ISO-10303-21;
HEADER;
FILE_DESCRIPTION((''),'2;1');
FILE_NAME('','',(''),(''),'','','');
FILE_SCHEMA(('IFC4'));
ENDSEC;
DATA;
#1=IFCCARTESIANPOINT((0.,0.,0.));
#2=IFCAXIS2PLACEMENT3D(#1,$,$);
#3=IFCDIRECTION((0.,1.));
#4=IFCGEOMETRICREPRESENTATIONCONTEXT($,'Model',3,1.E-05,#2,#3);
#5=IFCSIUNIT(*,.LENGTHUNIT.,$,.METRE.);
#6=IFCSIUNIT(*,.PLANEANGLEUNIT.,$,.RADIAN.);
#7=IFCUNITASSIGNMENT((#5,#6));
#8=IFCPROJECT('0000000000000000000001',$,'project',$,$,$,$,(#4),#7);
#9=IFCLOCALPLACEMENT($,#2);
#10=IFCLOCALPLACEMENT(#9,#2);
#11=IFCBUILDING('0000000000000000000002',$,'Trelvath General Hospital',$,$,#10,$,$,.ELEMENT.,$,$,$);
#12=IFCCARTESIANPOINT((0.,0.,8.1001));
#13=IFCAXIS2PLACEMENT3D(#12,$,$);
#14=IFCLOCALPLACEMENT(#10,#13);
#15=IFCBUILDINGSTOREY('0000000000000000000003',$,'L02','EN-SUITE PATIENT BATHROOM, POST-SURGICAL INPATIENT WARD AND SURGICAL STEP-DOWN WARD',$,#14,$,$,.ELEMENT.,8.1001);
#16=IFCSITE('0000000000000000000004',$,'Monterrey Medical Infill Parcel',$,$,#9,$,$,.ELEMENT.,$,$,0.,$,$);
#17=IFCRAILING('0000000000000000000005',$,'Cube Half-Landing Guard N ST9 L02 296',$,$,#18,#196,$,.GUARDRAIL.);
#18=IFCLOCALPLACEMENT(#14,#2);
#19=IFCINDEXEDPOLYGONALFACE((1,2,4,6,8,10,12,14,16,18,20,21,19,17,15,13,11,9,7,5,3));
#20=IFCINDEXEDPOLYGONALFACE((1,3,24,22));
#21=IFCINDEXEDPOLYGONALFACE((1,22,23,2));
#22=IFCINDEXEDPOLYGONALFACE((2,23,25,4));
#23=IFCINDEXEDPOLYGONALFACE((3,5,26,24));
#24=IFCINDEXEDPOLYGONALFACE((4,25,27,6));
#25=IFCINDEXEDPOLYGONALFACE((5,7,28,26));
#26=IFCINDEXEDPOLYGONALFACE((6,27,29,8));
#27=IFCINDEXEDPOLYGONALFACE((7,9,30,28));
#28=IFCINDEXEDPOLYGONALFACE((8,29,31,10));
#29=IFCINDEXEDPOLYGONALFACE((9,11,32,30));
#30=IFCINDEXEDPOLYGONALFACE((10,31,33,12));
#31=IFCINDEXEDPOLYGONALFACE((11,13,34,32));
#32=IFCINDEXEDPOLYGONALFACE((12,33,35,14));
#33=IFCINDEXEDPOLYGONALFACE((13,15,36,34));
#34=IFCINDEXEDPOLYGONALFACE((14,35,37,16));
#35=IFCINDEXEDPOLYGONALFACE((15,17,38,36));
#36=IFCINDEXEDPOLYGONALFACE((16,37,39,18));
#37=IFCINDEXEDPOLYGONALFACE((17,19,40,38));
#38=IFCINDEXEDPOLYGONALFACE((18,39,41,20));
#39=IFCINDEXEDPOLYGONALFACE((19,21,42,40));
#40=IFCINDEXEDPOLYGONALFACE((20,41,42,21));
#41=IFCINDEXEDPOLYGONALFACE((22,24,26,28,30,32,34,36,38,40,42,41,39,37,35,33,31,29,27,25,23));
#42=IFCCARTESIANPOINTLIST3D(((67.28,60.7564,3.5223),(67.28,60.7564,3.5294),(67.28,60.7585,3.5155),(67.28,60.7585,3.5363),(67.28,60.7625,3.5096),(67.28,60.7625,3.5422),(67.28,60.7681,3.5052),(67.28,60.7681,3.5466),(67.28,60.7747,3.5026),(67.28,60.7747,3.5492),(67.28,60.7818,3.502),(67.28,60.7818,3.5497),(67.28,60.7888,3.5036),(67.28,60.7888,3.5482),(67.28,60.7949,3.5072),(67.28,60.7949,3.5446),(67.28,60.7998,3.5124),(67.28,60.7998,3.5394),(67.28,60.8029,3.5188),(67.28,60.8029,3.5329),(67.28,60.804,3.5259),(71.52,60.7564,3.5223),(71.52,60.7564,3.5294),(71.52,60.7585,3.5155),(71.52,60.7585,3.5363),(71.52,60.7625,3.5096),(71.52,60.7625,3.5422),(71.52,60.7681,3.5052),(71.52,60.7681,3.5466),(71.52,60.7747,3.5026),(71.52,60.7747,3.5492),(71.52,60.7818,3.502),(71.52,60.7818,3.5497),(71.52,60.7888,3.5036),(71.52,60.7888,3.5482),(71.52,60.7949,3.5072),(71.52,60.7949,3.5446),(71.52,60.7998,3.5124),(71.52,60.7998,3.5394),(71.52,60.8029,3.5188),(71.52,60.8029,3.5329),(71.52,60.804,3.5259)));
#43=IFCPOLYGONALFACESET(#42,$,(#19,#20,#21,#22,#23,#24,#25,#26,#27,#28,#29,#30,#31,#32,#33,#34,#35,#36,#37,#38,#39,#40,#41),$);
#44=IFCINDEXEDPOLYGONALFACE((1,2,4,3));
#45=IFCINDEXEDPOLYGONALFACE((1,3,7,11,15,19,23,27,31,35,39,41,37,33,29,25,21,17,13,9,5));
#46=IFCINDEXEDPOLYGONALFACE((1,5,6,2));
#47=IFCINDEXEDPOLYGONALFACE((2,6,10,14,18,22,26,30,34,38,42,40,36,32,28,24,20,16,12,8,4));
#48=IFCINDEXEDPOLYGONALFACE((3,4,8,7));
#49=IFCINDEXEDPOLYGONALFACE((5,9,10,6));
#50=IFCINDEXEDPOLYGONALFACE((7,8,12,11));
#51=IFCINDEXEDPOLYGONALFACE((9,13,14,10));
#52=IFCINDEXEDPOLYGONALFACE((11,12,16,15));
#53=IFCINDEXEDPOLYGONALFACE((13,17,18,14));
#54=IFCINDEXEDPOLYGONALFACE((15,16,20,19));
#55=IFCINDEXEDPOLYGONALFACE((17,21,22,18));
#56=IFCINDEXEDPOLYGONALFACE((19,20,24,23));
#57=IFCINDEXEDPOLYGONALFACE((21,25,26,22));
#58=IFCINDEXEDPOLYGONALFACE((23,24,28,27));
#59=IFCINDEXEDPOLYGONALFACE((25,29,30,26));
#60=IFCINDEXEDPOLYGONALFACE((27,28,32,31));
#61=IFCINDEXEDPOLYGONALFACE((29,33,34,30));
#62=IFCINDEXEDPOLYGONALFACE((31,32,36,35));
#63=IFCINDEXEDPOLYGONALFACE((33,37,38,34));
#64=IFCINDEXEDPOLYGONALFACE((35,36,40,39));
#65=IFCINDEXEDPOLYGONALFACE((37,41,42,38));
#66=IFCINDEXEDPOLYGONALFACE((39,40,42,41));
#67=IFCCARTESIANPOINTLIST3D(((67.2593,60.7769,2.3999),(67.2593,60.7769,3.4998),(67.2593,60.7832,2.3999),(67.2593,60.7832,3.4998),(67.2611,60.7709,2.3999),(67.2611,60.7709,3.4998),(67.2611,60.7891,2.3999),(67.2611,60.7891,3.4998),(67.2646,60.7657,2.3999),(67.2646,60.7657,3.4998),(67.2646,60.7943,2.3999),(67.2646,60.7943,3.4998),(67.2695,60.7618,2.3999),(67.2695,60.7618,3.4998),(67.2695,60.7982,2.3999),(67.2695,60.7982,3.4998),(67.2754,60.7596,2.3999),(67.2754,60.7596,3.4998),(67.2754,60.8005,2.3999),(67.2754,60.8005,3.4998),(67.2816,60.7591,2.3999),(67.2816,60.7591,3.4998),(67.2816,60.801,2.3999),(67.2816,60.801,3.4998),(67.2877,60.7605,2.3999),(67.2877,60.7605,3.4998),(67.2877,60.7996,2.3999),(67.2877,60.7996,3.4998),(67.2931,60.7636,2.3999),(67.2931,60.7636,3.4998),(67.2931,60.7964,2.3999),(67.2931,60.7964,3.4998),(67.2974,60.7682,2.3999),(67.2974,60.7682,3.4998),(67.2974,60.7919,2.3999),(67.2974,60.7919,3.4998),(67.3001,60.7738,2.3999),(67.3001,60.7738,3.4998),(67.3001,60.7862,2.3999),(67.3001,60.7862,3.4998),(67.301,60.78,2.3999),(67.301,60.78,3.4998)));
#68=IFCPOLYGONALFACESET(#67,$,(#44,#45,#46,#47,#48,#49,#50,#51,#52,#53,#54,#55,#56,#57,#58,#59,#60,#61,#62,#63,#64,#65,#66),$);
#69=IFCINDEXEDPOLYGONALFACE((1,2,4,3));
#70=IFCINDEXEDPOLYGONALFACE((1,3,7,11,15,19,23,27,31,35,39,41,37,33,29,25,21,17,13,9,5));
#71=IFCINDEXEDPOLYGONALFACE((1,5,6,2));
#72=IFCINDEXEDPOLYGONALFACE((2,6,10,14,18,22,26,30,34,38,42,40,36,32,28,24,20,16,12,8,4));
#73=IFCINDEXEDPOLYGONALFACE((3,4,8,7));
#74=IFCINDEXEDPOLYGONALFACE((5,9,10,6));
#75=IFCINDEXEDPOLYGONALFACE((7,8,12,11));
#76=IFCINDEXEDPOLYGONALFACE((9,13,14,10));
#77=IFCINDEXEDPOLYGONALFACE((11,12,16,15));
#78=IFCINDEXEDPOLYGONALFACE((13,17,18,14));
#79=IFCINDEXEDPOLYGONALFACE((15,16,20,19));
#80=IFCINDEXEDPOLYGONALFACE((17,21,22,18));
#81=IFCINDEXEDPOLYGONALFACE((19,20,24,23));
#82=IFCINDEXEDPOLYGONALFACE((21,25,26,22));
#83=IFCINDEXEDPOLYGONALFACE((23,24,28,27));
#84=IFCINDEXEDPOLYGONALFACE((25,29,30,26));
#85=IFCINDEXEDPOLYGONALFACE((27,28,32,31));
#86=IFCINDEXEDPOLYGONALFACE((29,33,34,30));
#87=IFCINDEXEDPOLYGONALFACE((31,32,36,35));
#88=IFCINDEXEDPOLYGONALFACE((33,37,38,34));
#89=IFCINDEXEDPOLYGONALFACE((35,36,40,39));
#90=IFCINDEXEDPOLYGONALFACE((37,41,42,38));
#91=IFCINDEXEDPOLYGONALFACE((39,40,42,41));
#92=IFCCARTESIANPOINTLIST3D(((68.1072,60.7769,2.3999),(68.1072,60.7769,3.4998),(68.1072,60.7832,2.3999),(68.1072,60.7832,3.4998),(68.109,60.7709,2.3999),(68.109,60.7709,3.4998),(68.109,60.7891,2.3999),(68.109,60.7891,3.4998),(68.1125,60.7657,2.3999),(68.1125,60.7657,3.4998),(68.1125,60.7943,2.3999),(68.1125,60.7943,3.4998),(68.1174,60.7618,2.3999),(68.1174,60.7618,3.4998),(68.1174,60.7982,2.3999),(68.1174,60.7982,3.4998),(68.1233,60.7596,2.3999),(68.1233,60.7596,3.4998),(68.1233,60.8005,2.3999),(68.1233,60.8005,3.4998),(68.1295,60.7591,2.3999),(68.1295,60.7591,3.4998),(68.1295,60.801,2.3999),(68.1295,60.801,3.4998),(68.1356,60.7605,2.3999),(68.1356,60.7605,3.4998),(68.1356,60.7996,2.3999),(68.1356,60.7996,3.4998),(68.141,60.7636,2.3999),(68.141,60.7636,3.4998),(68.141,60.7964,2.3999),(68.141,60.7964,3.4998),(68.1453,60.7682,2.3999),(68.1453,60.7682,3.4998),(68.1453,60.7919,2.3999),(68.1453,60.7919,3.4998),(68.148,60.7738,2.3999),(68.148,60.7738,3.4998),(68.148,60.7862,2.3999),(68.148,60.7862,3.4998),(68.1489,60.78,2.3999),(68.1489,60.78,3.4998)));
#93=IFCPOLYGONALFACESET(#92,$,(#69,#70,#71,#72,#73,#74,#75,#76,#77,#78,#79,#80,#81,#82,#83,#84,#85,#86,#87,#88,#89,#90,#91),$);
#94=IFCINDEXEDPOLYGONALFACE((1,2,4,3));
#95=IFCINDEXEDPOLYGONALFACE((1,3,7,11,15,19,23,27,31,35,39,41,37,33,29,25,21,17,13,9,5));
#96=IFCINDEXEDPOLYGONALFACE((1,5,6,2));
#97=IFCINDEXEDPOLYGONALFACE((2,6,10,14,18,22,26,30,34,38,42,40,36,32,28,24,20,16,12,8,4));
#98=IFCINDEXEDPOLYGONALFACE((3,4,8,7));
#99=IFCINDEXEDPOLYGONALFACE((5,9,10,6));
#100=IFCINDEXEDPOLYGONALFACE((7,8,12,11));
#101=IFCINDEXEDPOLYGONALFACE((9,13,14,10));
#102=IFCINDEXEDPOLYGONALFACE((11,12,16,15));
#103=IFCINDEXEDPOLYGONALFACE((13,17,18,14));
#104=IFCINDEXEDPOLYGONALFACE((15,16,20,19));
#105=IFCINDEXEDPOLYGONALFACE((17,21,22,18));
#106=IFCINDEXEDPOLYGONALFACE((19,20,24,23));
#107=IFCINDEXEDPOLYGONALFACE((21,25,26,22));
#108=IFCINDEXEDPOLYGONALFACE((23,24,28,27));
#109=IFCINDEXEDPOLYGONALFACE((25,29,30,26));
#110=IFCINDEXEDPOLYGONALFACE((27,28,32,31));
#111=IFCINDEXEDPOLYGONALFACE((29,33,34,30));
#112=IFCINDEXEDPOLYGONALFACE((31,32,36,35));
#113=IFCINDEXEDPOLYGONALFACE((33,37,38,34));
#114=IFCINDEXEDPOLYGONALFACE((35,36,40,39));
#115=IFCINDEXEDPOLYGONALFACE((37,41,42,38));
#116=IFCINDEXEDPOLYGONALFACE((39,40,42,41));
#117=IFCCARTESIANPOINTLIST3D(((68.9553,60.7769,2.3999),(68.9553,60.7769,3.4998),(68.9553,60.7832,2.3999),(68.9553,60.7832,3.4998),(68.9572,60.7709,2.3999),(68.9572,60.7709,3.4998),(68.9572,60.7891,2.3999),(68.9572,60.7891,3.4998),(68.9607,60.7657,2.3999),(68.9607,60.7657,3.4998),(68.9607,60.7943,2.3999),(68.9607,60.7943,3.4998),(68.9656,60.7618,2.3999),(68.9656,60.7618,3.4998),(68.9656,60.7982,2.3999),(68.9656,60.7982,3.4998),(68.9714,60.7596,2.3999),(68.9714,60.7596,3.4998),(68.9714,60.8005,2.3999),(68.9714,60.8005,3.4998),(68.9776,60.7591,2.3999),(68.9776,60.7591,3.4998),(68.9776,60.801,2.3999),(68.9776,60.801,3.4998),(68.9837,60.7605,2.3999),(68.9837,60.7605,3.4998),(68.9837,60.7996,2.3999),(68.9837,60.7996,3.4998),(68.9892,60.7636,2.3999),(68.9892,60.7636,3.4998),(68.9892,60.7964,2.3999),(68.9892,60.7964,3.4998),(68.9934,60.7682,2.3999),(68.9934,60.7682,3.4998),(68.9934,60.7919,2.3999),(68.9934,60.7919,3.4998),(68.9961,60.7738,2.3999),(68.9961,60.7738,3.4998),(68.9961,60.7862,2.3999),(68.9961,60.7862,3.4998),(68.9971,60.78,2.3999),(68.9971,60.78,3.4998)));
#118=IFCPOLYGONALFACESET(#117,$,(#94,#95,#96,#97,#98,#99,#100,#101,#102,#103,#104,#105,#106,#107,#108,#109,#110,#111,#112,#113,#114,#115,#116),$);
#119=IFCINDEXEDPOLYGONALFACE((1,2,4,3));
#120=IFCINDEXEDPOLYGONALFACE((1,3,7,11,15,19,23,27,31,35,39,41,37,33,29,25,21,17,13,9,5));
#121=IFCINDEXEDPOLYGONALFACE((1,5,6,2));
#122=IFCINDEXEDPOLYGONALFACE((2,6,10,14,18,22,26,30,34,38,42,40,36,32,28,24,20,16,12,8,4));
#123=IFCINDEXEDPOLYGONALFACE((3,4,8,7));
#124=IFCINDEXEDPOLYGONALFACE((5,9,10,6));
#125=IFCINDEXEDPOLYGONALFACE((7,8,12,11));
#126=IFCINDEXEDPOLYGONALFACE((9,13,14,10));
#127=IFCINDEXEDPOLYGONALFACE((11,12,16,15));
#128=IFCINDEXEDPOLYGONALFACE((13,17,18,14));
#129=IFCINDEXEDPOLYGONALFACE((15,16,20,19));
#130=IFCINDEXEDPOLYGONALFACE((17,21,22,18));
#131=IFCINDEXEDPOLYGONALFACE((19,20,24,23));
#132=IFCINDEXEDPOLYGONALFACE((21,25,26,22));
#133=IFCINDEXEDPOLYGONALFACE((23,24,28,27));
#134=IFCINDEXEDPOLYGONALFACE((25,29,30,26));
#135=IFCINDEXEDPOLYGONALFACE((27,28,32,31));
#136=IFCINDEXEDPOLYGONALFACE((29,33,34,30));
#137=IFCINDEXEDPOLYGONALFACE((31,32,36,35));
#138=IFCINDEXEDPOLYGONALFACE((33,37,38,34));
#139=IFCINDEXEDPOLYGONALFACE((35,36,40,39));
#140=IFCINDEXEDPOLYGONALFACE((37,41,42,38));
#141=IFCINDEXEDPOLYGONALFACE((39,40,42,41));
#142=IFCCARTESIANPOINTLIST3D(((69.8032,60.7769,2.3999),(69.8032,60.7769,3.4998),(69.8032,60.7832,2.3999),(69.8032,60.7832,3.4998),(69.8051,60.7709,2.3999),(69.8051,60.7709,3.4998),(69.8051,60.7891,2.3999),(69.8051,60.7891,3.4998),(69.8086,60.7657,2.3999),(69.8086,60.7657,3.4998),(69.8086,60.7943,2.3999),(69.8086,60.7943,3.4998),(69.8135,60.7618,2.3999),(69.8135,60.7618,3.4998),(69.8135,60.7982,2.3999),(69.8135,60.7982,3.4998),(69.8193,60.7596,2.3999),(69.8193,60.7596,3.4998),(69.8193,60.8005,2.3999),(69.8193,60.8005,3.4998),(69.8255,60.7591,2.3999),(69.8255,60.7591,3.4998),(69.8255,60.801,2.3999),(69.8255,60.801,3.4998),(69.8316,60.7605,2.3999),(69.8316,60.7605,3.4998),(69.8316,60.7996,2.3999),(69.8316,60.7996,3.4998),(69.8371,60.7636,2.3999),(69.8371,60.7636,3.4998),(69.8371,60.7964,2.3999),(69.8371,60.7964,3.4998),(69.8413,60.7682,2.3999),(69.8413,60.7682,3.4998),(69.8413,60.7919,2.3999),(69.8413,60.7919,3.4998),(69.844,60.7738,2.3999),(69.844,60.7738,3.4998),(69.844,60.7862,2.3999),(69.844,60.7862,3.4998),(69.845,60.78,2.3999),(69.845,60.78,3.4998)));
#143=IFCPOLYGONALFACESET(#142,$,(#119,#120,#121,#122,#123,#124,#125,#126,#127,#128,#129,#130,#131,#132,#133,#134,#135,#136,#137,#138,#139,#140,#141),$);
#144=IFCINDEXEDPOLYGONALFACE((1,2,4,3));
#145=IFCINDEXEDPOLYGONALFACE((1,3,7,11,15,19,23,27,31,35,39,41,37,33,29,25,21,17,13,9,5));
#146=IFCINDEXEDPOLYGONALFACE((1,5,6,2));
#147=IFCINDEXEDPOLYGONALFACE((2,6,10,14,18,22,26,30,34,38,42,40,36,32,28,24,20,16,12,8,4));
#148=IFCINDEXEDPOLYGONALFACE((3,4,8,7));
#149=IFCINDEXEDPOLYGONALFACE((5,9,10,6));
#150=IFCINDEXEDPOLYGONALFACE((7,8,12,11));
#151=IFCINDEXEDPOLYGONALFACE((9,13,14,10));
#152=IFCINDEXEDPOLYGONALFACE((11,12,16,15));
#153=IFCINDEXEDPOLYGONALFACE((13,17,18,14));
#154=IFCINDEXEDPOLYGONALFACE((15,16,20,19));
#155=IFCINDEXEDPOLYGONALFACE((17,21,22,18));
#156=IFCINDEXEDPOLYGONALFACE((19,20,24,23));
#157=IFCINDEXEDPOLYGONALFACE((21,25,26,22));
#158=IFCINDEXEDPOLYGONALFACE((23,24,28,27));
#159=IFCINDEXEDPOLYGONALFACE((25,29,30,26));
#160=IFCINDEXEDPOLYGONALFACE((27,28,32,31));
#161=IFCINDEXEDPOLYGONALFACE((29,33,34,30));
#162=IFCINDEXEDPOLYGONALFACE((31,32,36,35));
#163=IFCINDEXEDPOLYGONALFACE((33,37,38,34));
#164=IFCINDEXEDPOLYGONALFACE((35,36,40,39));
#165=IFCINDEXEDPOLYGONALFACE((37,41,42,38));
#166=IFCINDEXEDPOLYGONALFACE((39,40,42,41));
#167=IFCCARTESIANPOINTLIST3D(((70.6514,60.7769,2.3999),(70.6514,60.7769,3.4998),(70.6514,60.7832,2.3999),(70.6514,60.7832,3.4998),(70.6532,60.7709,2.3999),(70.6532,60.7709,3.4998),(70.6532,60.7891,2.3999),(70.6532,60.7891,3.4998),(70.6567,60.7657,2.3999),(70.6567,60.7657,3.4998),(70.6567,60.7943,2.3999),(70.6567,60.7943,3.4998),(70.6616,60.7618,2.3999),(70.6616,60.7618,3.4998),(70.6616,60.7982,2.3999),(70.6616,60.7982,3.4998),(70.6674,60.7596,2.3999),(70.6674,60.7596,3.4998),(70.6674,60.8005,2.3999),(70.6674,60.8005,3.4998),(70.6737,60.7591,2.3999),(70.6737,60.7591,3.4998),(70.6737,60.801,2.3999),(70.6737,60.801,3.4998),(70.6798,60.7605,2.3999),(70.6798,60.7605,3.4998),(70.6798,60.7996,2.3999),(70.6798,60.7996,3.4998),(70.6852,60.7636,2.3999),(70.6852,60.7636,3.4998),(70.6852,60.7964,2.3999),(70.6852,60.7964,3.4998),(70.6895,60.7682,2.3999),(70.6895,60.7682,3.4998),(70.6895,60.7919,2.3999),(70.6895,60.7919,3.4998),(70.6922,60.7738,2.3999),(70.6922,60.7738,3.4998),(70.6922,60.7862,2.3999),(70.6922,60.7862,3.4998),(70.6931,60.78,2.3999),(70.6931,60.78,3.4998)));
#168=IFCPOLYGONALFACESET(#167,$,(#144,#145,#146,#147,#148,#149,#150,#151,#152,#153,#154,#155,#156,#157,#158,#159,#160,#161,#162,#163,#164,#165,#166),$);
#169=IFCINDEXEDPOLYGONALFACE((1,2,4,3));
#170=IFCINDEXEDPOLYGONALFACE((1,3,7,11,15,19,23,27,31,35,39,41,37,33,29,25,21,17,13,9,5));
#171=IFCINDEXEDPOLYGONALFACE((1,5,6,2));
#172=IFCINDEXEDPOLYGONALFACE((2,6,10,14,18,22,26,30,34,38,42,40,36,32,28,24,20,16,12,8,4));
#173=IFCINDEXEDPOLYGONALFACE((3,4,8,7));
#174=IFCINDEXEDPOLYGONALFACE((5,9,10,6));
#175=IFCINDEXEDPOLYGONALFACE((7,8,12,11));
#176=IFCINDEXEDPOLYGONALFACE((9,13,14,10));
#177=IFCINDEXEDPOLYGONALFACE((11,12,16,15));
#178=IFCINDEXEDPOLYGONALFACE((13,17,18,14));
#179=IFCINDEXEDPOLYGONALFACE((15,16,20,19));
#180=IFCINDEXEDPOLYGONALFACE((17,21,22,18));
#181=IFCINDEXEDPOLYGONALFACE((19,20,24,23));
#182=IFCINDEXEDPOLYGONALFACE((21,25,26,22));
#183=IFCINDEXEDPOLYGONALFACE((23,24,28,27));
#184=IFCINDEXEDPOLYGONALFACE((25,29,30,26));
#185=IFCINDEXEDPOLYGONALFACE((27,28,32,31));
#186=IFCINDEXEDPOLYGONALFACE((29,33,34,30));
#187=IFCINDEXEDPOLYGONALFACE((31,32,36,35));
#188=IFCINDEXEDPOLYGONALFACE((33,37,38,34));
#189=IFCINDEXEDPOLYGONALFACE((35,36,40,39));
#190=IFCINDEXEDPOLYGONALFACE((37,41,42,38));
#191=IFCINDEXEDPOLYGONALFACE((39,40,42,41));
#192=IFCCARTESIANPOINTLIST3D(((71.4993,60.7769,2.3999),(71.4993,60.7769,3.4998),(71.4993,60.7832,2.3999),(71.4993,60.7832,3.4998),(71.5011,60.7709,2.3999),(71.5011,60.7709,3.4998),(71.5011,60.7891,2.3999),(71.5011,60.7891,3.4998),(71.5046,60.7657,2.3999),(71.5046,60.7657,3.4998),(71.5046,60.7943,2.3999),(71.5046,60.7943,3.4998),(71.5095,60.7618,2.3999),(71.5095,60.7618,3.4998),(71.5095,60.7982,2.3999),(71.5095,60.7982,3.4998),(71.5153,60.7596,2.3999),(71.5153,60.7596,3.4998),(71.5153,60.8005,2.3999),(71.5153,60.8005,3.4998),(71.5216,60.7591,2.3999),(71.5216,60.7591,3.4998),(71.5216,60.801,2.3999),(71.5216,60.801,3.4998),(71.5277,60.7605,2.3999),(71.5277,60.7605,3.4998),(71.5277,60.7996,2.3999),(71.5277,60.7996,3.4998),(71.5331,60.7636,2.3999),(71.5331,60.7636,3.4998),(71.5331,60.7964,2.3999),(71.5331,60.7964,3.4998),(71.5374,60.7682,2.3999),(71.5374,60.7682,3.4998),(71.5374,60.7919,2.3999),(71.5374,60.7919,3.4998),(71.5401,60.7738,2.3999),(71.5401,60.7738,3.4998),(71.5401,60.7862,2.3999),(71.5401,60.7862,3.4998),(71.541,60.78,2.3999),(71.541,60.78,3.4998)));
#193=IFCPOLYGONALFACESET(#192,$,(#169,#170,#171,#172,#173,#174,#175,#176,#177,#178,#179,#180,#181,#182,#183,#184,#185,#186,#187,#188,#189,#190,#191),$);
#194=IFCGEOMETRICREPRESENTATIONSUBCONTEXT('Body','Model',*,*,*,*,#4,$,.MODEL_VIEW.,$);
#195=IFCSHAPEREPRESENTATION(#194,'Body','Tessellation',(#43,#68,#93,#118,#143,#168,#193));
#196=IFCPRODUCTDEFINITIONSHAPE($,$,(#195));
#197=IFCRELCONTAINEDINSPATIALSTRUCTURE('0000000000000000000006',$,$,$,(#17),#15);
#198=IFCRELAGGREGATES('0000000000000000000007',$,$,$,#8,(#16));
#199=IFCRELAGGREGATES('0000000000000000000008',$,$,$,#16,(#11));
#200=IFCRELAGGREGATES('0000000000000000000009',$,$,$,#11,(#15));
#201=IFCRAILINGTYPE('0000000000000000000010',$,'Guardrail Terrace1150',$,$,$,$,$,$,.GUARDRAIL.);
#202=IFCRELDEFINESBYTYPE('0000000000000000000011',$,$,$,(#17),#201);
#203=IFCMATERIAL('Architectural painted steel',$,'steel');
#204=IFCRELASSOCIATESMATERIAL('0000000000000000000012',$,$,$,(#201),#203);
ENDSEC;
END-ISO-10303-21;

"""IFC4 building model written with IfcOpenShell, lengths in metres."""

from ifc_helpers import new_model, si_unit, direction, frame, origin, origin_2d, place, context, subcontext, project, spatial, circle, extrude, material, type_object, element, save


model = new_model("IFC4")

# Units and contexts
model_context = context("Model", 3, precision=1e-05, world=origin(), true_north=direction((0.0, 1.0)))
body_context = subcontext(model_context, "Body", "Model", "MODEL_VIEW")
ifc_project = project(units=[si_unit("LENGTHUNIT", "METRE"), si_unit("PLANEANGLEUNIT", "RADIAN")], contexts=[model_context])

# Site, building, storey
site_placement = place(None, origin())
site = spatial("IfcSite", under=ifc_project, at=site_placement, Name="Monterrey Medical Infill Parcel", CompositionType="ELEMENT", RefElevation=0.0)
building_placement = place(site_placement, origin())
building = spatial("IfcBuilding", under=site, at=building_placement, Name="Trelvath General Hospital", CompositionType="ELEMENT")
storey_placement = place(building_placement, frame((0.0, 0.0, 8.1001)))
storey = spatial("IfcBuildingStorey", under=building, at=storey_placement, Name="L02", Description="EN-SUITE PATIENT BATHROOM, POST-SURGICAL INPATIENT WARD AND SURGICAL STEP-DOWN WARD", CompositionType="ELEMENT", Elevation=8.1001)

# Railing
ifc_material_1 = material(Name="Architectural painted steel", Category="steel")
railing_type = type_object("IfcRailingType", Name="Guardrail Terrace1150", PredefinedType="GUARDRAIL", material=ifc_material_1)
railing_placement = place(storey_placement, frame((67.28, 60.78, 2.3999)))
element("IfcRailing", 1, at=railing_placement, inside=storey, type_object=railing_type, Name="Cube Half-Landing Guard N ST9 L02 296", PredefinedType="GUARDRAIL", context=body_context, shape_type="SweptSolid", body=[
    extrude(circle(Radius=0.0239, at=origin_2d()), frame((0.0, 0.0, 1.126), z_axis=(1.0, 0.0, 0.0), x_axis=(0.0, 1.0, 0.0)), (0.0, 0.0, 1.0), 4.24),
    extrude(circle(Radius=0.021, at=origin_2d()), origin(), (0.0, 0.0, 1.0), 1.0999),
    extrude(circle(Radius=0.021, at=origin_2d()), frame((0.8479, 0.0, 0.0)), (0.0, 0.0, 1.0), 1.0999),
    extrude(circle(Radius=0.021, at=origin_2d()), frame((1.696, 0.0, 0.0)), (0.0, 0.0, 1.0), 1.0999),
    extrude(circle(Radius=0.021, at=origin_2d()), frame((2.5439, 0.0, 0.0)), (0.0, 0.0, 1.0), 1.0999),
    extrude(circle(Radius=0.021, at=origin_2d()), frame((3.3921, 0.0, 0.0)), (0.0, 0.0, 1.0), 1.0999),
    extrude(circle(Radius=0.021, at=origin_2d()), frame((4.24, 0.0, 0.0)), (0.0, 0.0, 1.0), 1.0999),
])

save(model, "model.ifc")
